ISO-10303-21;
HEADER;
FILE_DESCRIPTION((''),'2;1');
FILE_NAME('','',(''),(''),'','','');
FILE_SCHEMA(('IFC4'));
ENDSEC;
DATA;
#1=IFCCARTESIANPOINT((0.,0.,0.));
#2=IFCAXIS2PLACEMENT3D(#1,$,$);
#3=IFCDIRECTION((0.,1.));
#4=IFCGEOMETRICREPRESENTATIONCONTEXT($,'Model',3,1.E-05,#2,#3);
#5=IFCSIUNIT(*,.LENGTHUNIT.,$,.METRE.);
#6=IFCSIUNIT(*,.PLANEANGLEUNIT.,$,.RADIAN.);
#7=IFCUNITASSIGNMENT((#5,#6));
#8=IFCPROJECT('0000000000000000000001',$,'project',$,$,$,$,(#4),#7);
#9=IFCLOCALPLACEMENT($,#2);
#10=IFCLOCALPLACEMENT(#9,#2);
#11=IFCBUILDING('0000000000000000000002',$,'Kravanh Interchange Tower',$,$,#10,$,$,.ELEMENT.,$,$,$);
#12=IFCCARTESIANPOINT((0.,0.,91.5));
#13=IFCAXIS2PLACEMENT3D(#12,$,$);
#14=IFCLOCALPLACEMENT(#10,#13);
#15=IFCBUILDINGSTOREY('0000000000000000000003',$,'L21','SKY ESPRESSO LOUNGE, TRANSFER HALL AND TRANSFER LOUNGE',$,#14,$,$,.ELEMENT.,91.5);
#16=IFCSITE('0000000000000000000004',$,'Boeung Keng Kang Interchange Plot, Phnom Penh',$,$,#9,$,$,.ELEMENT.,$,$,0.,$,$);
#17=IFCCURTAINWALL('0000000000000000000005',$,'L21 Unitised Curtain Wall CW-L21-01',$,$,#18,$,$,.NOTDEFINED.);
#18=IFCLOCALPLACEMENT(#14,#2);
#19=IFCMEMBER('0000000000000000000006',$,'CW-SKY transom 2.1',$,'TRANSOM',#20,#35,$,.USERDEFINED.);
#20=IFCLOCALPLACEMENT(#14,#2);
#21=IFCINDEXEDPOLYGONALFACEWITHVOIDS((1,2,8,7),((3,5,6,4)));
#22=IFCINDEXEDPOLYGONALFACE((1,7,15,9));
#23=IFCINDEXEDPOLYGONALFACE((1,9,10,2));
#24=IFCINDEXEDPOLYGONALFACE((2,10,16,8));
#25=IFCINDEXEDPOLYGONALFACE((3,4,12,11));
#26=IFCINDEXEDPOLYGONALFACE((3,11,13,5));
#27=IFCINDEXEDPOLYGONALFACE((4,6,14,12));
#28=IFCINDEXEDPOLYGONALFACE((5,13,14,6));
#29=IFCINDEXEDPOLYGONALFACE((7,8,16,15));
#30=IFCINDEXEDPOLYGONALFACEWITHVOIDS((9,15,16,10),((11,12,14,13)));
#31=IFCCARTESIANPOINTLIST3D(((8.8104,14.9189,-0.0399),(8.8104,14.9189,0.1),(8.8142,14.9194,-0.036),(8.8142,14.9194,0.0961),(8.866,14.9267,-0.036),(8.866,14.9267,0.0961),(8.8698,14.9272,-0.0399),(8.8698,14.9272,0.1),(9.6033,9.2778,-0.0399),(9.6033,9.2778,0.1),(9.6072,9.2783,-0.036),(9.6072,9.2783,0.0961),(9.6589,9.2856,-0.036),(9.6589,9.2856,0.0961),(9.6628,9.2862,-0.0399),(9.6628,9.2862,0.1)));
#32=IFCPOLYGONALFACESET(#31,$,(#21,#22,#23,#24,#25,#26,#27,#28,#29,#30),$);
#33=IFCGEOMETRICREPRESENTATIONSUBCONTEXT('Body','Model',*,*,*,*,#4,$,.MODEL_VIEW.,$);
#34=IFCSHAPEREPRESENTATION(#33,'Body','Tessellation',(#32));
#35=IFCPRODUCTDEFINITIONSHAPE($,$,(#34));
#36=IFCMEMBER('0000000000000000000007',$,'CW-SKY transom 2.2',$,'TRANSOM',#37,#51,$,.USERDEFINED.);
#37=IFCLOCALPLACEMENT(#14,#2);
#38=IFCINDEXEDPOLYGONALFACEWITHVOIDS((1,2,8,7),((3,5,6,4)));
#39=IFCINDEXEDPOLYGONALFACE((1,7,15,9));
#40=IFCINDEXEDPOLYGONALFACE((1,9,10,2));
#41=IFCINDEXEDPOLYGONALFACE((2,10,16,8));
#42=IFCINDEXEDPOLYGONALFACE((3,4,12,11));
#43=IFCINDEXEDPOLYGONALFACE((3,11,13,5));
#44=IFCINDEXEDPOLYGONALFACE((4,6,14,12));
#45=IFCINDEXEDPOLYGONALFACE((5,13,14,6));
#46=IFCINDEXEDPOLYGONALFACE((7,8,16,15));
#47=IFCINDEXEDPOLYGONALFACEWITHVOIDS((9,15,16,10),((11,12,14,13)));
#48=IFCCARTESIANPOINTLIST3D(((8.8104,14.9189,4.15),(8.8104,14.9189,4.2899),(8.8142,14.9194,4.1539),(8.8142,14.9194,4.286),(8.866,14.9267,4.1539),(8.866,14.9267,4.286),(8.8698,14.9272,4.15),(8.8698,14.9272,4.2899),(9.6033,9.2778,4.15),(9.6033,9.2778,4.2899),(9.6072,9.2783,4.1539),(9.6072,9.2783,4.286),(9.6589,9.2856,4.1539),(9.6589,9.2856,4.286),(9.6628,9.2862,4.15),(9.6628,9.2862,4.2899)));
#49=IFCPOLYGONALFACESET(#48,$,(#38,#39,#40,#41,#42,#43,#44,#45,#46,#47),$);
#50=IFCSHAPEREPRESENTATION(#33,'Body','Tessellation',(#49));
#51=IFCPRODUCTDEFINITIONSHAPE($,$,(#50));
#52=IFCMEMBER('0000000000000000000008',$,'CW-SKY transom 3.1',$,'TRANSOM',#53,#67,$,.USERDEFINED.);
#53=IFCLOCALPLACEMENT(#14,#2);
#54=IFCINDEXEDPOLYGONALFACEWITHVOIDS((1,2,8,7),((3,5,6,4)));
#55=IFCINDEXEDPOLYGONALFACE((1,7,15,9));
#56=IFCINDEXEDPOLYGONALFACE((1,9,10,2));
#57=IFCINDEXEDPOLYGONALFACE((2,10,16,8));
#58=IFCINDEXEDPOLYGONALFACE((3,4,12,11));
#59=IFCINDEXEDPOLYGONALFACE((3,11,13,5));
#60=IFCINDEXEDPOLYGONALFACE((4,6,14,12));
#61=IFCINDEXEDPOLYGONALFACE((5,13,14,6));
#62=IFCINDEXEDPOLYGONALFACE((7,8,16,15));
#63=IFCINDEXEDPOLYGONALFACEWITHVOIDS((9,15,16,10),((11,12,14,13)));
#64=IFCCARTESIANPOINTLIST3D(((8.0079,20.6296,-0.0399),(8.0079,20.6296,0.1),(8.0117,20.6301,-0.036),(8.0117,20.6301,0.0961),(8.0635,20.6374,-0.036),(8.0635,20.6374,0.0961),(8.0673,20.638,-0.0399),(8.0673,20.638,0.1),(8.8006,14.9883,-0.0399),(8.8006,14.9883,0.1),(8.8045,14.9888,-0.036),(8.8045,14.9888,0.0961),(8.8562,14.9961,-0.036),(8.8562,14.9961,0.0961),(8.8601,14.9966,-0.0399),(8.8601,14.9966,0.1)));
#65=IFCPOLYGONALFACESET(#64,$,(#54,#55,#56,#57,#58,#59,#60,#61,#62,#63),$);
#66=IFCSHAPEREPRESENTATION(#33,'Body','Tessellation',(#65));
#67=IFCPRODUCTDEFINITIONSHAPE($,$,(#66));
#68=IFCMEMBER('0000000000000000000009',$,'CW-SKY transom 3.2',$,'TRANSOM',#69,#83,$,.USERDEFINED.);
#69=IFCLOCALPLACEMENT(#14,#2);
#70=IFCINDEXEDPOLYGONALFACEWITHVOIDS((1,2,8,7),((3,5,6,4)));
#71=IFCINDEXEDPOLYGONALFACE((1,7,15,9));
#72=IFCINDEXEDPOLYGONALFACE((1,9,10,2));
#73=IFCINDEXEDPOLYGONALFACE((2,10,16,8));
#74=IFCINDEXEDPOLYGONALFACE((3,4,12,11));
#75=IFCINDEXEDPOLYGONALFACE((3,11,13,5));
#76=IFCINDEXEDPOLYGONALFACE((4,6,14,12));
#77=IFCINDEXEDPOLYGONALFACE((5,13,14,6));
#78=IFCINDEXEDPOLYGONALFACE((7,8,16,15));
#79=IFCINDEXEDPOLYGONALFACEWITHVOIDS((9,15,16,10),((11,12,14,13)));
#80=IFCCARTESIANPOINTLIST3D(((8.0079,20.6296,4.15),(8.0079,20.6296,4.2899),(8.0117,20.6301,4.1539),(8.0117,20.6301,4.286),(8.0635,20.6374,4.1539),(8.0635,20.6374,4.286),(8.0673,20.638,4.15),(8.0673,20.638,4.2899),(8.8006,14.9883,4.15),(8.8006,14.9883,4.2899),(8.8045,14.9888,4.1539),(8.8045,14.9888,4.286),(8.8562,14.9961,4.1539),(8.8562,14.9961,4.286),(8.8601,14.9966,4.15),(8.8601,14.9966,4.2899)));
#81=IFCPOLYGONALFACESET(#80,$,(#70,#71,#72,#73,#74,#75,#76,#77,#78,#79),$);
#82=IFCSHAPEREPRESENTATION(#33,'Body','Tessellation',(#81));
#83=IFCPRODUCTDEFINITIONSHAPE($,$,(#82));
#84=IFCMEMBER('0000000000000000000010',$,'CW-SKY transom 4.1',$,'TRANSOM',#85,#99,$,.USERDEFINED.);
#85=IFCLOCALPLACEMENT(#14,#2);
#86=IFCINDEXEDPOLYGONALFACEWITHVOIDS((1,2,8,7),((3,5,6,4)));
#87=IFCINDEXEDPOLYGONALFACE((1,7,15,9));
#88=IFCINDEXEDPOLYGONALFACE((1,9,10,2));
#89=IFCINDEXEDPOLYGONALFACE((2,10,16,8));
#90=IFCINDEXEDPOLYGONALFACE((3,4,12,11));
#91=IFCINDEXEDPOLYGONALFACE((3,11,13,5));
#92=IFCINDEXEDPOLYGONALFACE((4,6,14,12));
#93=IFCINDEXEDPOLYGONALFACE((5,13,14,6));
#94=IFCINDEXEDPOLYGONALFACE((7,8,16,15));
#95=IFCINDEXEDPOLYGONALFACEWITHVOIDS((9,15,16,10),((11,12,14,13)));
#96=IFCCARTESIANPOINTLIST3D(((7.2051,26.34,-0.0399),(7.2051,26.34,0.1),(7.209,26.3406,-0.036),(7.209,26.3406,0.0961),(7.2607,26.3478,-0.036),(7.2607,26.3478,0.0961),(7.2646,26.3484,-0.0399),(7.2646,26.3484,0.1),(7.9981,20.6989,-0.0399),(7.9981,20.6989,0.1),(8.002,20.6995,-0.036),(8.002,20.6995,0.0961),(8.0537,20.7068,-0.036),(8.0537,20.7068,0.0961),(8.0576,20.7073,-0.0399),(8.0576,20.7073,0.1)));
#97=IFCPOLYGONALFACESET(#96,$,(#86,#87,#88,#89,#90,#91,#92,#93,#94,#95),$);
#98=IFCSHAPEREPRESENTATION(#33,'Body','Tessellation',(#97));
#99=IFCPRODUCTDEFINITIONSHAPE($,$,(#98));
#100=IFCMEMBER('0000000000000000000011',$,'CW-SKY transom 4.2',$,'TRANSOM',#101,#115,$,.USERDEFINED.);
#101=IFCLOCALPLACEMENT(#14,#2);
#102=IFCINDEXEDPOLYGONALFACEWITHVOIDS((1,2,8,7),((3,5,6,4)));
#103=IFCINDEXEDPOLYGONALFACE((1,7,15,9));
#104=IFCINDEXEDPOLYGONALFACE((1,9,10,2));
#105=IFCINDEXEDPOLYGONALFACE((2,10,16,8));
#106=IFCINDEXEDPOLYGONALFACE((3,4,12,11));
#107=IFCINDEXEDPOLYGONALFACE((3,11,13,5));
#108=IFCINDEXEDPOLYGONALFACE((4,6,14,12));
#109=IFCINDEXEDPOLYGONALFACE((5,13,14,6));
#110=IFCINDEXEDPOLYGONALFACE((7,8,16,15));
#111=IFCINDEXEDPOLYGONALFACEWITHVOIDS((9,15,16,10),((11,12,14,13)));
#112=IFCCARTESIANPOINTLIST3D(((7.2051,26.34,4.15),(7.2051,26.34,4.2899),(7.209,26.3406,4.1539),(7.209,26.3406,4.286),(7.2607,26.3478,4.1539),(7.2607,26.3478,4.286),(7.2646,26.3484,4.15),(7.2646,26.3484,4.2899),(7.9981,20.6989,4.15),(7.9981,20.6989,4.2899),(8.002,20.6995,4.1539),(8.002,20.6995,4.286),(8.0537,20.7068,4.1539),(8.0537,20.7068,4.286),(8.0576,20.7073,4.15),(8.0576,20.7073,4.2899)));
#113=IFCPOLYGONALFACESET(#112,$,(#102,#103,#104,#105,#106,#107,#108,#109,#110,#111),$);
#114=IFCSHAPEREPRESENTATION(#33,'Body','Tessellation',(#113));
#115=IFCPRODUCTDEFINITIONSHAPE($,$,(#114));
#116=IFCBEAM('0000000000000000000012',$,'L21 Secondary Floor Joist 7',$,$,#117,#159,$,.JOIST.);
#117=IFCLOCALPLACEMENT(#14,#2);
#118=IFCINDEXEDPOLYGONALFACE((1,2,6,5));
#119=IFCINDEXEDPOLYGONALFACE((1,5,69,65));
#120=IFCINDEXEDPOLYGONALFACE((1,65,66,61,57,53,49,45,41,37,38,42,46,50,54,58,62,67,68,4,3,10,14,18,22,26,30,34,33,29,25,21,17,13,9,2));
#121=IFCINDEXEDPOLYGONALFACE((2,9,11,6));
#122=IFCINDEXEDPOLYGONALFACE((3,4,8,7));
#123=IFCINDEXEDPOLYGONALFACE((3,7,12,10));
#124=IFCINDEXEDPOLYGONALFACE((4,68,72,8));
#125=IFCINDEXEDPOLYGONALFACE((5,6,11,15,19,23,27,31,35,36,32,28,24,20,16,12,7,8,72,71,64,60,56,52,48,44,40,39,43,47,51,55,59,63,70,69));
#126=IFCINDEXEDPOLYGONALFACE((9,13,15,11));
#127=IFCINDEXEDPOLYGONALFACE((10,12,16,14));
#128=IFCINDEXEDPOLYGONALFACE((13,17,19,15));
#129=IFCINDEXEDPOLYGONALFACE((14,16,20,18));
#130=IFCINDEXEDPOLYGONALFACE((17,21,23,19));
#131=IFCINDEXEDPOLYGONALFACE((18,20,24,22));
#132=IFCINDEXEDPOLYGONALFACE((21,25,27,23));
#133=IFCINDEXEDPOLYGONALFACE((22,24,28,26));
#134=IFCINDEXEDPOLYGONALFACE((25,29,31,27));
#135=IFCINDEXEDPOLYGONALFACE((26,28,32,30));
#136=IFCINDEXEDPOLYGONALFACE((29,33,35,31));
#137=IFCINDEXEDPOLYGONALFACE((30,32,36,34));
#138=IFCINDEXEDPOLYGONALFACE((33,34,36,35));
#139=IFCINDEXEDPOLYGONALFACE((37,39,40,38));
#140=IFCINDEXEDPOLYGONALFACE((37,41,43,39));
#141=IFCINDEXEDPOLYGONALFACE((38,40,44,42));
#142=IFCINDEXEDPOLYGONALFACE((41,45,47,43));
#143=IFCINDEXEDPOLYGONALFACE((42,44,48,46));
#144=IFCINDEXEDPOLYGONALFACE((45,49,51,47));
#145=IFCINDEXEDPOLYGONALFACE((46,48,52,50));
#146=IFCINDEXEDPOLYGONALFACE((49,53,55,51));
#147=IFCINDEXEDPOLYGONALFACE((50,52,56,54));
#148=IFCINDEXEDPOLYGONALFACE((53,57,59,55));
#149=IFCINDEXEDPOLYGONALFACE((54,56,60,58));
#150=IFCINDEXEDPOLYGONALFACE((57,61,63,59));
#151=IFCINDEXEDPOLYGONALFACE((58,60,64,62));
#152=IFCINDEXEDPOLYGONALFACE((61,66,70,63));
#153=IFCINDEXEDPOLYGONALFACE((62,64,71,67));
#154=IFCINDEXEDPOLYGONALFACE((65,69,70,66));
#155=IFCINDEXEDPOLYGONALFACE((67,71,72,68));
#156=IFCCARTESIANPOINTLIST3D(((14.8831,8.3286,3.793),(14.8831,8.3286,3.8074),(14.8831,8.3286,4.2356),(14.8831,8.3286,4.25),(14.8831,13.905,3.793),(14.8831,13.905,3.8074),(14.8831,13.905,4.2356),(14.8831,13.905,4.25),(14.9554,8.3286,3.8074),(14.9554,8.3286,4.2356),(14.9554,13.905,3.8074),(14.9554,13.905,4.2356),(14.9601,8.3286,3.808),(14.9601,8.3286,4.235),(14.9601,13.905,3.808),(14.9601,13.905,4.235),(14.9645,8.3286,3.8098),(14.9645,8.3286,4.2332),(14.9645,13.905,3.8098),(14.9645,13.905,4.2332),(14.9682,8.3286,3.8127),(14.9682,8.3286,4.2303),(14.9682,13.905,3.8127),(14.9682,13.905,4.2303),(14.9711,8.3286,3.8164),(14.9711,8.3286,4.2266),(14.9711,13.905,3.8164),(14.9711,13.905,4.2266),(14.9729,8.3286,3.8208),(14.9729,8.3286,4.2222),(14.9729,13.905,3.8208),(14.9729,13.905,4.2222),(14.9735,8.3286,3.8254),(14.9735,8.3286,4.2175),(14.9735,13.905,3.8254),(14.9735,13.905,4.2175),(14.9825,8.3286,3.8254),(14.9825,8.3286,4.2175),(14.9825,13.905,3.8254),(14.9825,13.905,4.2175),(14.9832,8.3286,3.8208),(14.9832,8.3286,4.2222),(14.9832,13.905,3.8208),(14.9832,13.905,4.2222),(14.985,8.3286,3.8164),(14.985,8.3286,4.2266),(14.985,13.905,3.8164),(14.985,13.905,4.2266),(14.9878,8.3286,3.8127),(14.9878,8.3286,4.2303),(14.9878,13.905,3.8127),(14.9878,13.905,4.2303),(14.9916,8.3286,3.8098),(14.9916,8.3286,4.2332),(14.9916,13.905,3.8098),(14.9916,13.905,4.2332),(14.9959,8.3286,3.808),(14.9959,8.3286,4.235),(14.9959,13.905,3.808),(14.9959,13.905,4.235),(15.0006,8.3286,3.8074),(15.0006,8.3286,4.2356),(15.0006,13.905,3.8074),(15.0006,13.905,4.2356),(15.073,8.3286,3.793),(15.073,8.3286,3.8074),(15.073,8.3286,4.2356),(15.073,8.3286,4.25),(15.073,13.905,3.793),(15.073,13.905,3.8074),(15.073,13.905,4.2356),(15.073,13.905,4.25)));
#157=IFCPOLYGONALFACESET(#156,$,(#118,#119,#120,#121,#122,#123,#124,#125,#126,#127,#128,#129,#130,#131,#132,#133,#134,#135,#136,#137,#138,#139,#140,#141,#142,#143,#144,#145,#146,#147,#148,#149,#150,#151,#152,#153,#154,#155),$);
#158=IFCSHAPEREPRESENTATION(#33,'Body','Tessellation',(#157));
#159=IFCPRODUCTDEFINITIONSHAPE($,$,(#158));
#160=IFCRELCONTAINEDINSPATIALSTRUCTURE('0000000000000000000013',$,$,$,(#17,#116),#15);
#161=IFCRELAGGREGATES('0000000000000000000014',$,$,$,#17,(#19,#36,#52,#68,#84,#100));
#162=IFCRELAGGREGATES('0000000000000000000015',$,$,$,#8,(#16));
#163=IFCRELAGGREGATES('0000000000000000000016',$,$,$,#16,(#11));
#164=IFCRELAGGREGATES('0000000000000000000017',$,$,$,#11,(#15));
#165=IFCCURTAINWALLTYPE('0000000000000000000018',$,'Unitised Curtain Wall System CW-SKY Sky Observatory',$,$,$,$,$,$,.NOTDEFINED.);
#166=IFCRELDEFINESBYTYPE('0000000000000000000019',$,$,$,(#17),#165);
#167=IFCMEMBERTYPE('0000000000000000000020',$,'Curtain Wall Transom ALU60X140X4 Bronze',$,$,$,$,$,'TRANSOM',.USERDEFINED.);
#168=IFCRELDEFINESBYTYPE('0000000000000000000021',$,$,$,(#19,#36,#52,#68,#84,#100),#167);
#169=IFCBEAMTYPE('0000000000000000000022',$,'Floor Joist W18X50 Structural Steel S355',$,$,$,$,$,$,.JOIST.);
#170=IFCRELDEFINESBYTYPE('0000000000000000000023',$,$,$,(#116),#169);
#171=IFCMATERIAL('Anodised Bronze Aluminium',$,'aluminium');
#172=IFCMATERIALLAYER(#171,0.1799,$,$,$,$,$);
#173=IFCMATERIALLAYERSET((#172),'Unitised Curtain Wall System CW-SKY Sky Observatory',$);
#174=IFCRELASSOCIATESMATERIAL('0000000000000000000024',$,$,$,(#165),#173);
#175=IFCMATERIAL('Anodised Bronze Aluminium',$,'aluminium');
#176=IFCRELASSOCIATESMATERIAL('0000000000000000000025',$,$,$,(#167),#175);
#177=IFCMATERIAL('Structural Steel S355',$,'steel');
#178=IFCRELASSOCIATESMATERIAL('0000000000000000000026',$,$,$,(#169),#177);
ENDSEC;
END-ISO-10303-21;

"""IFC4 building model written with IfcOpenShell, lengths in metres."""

from ifc_helpers import new_model, si_unit, direction, frame, origin, origin_2d, place, context, subcontext, project, spatial, hollow_rectangle, i_section, extrude, material, layer, layer_set, material_profile, profile_set, type_object, element, aggregate, save


model = new_model("IFC4")

# Units and contexts
model_context = context("Model", 3, precision=1e-05, world=origin(), true_north=direction((0.0, 1.0)))
body_context = subcontext(model_context, "Body", "Model", "MODEL_VIEW")
ifc_project = project(units=[si_unit("LENGTHUNIT", "METRE"), si_unit("PLANEANGLEUNIT", "RADIAN")], contexts=[model_context])

# Site, building, storey
site_placement = place(None, origin())
site = spatial("IfcSite", under=ifc_project, at=site_placement, Name="Boeung Keng Kang Interchange Plot, Phnom Penh", CompositionType="ELEMENT", RefElevation=0.0)
building_placement = place(site_placement, origin())
building = spatial("IfcBuilding", under=site, at=building_placement, Name="Kravanh Interchange Tower", CompositionType="ELEMENT")
storey_placement = place(building_placement, frame((0.0, 0.0, 91.5)))
storey = spatial("IfcBuildingStorey", under=building, at=storey_placement, Name="L21", Description="SKY ESPRESSO LOUNGE, TRANSFER HALL AND TRANSFER LOUNGE", CompositionType="ELEMENT", Elevation=91.5)

# Curtain wall, members
ifc_material_1 = material(Name="Anodised Bronze Aluminium", Category="aluminium")
ifc_layer_1 = layer(ifc_material_1, 0.1799)
ifc_layer_set_1 = layer_set([ifc_layer_1], Name="Unitised Curtain Wall System CW-SKY Sky Observatory")
curtain_wall_type = type_object("IfcCurtainWallType", Name="Unitised Curtain Wall System CW-SKY Sky Observatory", PredefinedType="NOTDEFINED", material=ifc_layer_set_1)
curtain_wall_placement = place(storey_placement, origin())
curtain_wall = element("IfcCurtainWall", 1, at=curtain_wall_placement, inside=storey, type_object=curtain_wall_type, Name="L21 Unitised Curtain Wall CW-L21-01", PredefinedType="NOTDEFINED")
ifc_material_2 = material(Name="Anodised Bronze Aluminium", Category="aluminium")
ifc_material_profile_1 = material_profile(ifc_material_2, hollow_rectangle(XDim=0.0601, YDim=0.1399, WallThickness=0.0039, at=origin_2d()), Name="ALU60X140X4")
ifc_profile_set_1 = profile_set([ifc_material_profile_1], Name="Anodised Bronze Aluminium")
member_type_1 = type_object("IfcMemberType", Name="Curtain Wall Transom ALU60X140X4 Bronze", ElementType="TRANSOM", PredefinedType="USERDEFINED", material=ifc_profile_set_1)
member_1_placement = place(storey_placement, frame((9.6331, 9.282, 0.03), z_axis=(-0.139201, 0.990264, 0.0), x_axis=(-0.990264, -0.139201, 0.0)))
member_1 = element("IfcMember", 2, at=member_1_placement, type_object=member_type_1, Name="CW-SKY transom 2.1", ObjectType="TRANSOM", PredefinedType="USERDEFINED", context=body_context, shape_type="SweptSolid", body=[
    extrude(hollow_rectangle(XDim=0.0601, YDim=0.1399, WallThickness=0.0039, at=origin_2d()), origin(), (0.0, 0.0, 1.0), 5.6965),
])
member_2_placement = place(storey_placement, frame((9.6331, 9.282, 4.22), z_axis=(-0.139201, 0.990264, 0.0), x_axis=(-0.990264, -0.139201, 0.0)))
member_2 = element("IfcMember", 3, at=member_2_placement, type_object=member_type_1, Name="CW-SKY transom 2.2", ObjectType="TRANSOM", PredefinedType="USERDEFINED", context=body_context, shape_type="SweptSolid", body=[
    extrude(hollow_rectangle(XDim=0.0601, YDim=0.1399, WallThickness=0.0039, at=origin_2d()), origin(), (0.0, 0.0, 1.0), 5.6965),
])
member_3_placement = place(storey_placement, frame((8.8303, 14.9924, 0.03), z_axis=(-0.139153, 0.990271, 0.0), x_axis=(-0.990271, -0.139153, 0.0)))
member_3 = element("IfcMember", 4, at=member_3_placement, type_object=member_type_1, Name="CW-SKY transom 3.1", ObjectType="TRANSOM", PredefinedType="USERDEFINED", context=body_context, shape_type="SweptSolid", body=[
    extrude(hollow_rectangle(XDim=0.0601, YDim=0.1399, WallThickness=0.0039, at=origin_2d()), origin(), (0.0, 0.0, 1.0), 5.6968),
])
member_4_placement = place(storey_placement, frame((8.8303, 14.9924, 4.22), z_axis=(-0.139153, 0.990271, 0.0), x_axis=(-0.990271, -0.139153, 0.0)))
member_4 = element("IfcMember", 5, at=member_4_placement, type_object=member_type_1, Name="CW-SKY transom 3.2", ObjectType="TRANSOM", PredefinedType="USERDEFINED", context=body_context, shape_type="SweptSolid", body=[
    extrude(hollow_rectangle(XDim=0.0601, YDim=0.1399, WallThickness=0.0039, at=origin_2d()), origin(), (0.0, 0.0, 1.0), 5.6968),
])
member_5_placement = place(storey_placement, frame((8.0278, 20.7031, 0.03), z_axis=(-0.139201, 0.990264, 0.0), x_axis=(-0.990264, -0.139201, 0.0)))
member_5 = element("IfcMember", 6, at=member_5_placement, type_object=member_type_1, Name="CW-SKY transom 4.1", ObjectType="TRANSOM", PredefinedType="USERDEFINED", context=body_context, shape_type="SweptSolid", body=[
    extrude(hollow_rectangle(XDim=0.0601, YDim=0.1399, WallThickness=0.0039, at=origin_2d()), origin(), (0.0, 0.0, 1.0), 5.6965),
])
member_6_placement = place(storey_placement, frame((8.0278, 20.7031, 4.22), z_axis=(-0.139201, 0.990264, 0.0), x_axis=(-0.990264, -0.139201, 0.0)))
member_6 = element("IfcMember", 7, at=member_6_placement, type_object=member_type_1, Name="CW-SKY transom 4.2", ObjectType="TRANSOM", PredefinedType="USERDEFINED", context=body_context, shape_type="SweptSolid", body=[
    extrude(hollow_rectangle(XDim=0.0601, YDim=0.1399, WallThickness=0.0039, at=origin_2d()), origin(), (0.0, 0.0, 1.0), 5.6965),
])

# Beam
ifc_material_3 = material(Name="Structural Steel S355", Category="steel")
ifc_material_profile_2 = material_profile(ifc_material_3, i_section(OverallWidth=0.1899, OverallDepth=0.457, WebThickness=0.009, FlangeThickness=0.0144, FilletRadius=0.0181, at=origin_2d()), Name="W18X50")
ifc_profile_set_2 = profile_set([ifc_material_profile_2], Name="Structural Steel S355")
beam_type_1 = type_object("IfcBeamType", Name="Floor Joist W18X50 Structural Steel S355", PredefinedType="JOIST", material=ifc_profile_set_2)
beam_1_placement = place(storey_placement, frame((14.978, 8.3286, 4.0215), z_axis=(0.0, 1.0, 0.0), x_axis=(-1.0, 0.0, 0.0)))
element("IfcBeam", 8, at=beam_1_placement, inside=storey, type_object=beam_type_1, Name="L21 Secondary Floor Joist 7", PredefinedType="JOIST", context=body_context, shape_type="SweptSolid", body=[
    extrude(i_section(OverallWidth=0.1899, OverallDepth=0.457, WebThickness=0.009, FlangeThickness=0.0144, FilletRadius=0.0181, at=origin_2d()), origin(), (0.0, 0.0, 1.0), 5.5764),
])

aggregate(curtain_wall, [member_1, member_2, member_3, member_4, member_5, member_6])

save(model, "model.ifc")
